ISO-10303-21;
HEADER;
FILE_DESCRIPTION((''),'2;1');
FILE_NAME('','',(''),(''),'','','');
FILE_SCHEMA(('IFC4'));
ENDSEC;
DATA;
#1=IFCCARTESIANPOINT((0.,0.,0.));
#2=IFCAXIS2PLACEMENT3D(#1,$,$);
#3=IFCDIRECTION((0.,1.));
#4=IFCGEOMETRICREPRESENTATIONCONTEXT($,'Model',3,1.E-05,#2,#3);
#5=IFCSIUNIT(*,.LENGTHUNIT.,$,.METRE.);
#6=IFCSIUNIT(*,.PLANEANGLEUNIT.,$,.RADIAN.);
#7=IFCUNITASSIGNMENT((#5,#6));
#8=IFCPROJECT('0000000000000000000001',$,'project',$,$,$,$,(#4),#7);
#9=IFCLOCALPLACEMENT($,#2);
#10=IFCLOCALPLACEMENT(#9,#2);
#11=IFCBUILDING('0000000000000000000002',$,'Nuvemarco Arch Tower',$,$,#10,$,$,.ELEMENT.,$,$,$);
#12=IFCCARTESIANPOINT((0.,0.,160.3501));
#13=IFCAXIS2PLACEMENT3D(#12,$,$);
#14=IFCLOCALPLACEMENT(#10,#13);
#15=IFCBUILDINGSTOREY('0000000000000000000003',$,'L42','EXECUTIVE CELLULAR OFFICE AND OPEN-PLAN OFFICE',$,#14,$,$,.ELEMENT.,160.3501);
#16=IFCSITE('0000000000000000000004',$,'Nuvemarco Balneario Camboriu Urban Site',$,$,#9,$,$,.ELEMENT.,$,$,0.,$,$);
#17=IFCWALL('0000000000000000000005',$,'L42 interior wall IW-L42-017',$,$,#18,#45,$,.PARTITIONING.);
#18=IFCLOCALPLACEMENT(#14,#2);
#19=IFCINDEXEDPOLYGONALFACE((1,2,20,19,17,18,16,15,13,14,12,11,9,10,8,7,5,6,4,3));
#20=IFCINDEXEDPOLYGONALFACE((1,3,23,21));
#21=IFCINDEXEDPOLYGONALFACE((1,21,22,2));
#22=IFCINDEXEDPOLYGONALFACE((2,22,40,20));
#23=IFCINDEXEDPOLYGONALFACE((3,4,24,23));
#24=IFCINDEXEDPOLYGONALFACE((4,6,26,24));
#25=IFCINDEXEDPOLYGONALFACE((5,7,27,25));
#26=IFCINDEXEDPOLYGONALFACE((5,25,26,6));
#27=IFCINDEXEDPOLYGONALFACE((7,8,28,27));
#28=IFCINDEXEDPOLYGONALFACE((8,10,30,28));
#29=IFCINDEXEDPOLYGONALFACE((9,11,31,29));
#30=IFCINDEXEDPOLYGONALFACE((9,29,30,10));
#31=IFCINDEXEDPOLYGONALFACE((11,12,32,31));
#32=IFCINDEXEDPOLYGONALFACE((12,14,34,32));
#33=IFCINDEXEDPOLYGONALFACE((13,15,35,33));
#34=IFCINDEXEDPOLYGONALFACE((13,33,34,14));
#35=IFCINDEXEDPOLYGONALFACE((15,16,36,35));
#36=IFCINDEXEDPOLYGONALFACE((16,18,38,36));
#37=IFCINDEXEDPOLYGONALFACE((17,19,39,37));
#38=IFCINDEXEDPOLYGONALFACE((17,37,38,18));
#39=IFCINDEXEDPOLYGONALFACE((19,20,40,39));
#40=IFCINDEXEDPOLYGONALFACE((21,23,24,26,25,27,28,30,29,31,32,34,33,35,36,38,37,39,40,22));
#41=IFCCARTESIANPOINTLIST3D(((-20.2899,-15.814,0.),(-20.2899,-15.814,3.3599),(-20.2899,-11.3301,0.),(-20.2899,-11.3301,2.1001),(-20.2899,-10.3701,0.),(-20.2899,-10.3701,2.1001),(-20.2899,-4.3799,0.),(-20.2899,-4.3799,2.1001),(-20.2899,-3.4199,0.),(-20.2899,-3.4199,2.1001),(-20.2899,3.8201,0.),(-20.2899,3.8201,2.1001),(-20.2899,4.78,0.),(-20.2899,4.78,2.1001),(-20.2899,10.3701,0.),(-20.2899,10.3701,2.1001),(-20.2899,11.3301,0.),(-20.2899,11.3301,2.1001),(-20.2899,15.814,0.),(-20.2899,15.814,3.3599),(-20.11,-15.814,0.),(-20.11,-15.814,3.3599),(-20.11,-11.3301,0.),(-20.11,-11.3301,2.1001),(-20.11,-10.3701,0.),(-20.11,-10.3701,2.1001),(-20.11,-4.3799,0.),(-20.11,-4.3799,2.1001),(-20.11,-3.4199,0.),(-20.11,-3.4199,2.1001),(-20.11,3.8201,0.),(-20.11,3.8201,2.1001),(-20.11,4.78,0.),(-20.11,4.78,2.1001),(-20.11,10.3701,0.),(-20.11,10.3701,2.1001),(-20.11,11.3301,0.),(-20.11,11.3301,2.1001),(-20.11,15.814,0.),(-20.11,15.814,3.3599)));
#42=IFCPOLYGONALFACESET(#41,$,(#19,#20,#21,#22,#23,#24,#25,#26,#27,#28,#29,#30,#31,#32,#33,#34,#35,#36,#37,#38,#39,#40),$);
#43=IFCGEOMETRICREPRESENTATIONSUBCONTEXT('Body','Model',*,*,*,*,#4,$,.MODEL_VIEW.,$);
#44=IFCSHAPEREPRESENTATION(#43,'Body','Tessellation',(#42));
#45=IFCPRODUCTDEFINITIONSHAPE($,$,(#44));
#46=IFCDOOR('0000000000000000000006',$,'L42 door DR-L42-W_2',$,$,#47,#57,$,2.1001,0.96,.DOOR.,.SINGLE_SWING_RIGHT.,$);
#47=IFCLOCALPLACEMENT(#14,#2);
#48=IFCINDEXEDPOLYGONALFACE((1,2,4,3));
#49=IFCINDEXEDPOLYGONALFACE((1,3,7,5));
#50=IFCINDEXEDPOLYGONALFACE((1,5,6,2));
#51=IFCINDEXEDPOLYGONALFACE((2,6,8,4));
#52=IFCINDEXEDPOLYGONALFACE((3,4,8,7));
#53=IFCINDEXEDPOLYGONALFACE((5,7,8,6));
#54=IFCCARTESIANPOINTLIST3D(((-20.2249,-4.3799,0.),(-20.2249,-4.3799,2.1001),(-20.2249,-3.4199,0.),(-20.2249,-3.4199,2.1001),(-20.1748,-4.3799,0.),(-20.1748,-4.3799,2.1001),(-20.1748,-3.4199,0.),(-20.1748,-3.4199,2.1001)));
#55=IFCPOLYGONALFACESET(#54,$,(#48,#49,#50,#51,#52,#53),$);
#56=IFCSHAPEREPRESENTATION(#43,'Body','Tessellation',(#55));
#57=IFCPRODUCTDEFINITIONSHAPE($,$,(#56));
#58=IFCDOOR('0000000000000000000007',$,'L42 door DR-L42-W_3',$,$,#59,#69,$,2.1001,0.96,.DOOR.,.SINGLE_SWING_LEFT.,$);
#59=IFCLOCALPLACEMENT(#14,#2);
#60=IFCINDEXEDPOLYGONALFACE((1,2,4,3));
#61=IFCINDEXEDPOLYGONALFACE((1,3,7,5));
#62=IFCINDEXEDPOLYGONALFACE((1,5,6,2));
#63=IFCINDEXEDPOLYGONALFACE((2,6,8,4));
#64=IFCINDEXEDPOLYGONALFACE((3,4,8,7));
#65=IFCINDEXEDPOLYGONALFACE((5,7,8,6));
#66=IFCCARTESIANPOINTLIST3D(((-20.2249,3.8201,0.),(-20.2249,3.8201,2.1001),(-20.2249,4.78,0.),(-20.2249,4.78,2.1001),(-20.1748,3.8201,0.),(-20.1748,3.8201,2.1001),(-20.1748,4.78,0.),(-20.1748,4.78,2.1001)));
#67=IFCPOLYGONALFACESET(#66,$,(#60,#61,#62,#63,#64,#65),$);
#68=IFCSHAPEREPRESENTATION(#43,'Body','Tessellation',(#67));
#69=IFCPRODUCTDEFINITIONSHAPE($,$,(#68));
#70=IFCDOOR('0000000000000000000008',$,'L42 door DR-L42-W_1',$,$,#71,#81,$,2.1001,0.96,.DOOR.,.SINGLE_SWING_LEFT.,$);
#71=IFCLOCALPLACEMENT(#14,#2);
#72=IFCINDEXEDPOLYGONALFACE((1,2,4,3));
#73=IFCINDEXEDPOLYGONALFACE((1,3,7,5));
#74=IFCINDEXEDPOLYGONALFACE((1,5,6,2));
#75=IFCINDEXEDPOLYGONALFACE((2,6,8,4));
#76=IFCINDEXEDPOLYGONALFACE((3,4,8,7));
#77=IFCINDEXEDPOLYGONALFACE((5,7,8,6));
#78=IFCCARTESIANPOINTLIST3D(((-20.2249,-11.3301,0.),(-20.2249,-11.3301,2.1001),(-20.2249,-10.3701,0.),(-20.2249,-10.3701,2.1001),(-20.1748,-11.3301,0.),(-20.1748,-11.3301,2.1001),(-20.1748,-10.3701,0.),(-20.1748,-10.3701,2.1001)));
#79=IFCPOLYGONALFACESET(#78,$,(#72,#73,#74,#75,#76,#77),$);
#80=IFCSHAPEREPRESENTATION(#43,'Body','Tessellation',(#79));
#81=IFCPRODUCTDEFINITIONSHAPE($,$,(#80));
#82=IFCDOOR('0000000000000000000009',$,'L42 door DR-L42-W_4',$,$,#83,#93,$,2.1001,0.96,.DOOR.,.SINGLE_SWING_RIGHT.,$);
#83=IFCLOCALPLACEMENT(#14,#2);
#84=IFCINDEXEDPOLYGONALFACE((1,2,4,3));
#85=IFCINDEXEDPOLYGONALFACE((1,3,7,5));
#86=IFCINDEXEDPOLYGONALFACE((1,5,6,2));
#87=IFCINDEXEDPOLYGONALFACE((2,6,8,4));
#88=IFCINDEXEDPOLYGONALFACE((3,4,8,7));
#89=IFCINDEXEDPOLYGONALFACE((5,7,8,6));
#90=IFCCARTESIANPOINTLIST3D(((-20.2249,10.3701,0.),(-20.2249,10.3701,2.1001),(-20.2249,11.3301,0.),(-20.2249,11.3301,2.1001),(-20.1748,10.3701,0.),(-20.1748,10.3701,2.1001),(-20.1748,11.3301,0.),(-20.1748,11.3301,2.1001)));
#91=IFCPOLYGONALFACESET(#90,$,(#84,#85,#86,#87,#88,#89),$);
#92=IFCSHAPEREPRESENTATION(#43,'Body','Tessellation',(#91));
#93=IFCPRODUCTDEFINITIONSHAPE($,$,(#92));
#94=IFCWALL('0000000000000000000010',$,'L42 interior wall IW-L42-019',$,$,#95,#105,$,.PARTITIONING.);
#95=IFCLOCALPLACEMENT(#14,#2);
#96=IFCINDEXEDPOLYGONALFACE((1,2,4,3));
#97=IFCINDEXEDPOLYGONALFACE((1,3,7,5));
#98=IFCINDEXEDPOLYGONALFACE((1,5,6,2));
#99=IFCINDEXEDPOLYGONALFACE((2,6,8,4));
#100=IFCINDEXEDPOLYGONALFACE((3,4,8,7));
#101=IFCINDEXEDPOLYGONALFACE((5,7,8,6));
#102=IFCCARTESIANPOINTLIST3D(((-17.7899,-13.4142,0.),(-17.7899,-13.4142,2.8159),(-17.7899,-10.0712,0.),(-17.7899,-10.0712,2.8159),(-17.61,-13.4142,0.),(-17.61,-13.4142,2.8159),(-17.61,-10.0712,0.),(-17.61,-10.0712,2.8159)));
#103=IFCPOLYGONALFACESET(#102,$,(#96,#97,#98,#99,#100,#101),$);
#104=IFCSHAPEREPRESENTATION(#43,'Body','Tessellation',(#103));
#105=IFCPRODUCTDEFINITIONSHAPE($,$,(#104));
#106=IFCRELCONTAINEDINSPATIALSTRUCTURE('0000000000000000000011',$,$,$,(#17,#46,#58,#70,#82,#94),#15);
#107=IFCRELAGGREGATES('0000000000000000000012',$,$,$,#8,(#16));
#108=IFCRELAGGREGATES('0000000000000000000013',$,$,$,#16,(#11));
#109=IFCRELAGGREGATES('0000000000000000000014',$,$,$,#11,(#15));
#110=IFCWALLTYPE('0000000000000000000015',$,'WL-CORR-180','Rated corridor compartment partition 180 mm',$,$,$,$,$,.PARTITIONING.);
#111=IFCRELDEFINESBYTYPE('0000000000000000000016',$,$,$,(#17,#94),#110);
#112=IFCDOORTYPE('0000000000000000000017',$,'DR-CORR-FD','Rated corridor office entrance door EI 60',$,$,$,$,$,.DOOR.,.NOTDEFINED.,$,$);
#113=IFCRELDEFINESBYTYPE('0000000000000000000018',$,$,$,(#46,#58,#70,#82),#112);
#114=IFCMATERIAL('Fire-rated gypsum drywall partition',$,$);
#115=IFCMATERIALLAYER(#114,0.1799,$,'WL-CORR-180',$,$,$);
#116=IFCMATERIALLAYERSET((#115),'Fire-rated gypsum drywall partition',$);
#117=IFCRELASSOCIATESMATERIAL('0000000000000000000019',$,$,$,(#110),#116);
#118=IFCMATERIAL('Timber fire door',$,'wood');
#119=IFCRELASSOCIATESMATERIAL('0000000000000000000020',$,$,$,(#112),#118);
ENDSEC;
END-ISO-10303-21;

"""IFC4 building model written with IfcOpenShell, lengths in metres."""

from ifc_helpers import new_model, si_unit, direction, frame, frame_2d, origin, place, context, subcontext, project, spatial, rectangle, extrude, source, transform, mapped, material, layer, layer_set, type_object, type_shapes, element, fill, save


model = new_model("IFC4")

# Units and contexts
model_context = context("Model", 3, precision=1e-05, world=origin(), true_north=direction((0.0, 1.0)))
body_context = subcontext(model_context, "Body", "Model", "MODEL_VIEW")
ifc_project = project(units=[si_unit("LENGTHUNIT", "METRE"), si_unit("PLANEANGLEUNIT", "RADIAN")], contexts=[model_context])

# Site, building, storey
site_placement = place(None, origin())
site = spatial("IfcSite", under=ifc_project, at=site_placement, Name="Nuvemarco Balneario Camboriu Urban Site", CompositionType="ELEMENT", RefElevation=0.0)
building_placement = place(site_placement, origin())
building = spatial("IfcBuilding", under=site, at=building_placement, Name="Nuvemarco Arch Tower", CompositionType="ELEMENT")
storey_placement = place(building_placement, frame((0.0, 0.0, 160.3501)))
storey = spatial("IfcBuildingStorey", under=building, at=storey_placement, Name="L42", Description="EXECUTIVE CELLULAR OFFICE AND OPEN-PLAN OFFICE", CompositionType="ELEMENT", Elevation=160.3501)

# Shared definitions
ifc_material_1 = material(Name="Fire-rated gypsum drywall partition")
ifc_layer = layer(ifc_material_1, 0.1799, Name="WL-CORR-180")
ifc_layer_set = layer_set([ifc_layer], Name="Fire-rated gypsum drywall partition")
wall_type = type_object("IfcWallType", Name="WL-CORR-180", Description="Rated corridor compartment partition 180 mm", PredefinedType="PARTITIONING", material=ifc_layer_set)
ifc_material_2 = material(Name="Timber fire door", Category="wood")
door_type = type_object("IfcDoorType", Name="DR-CORR-FD", Description="Rated corridor office entrance door EI 60", OperationType="NOTDEFINED", PredefinedType="DOOR", material=ifc_material_2)
shared_shape = source(origin(), body_context, "Body", "SweptSolid", [
    extrude(rectangle(XDim=0.96, YDim=2.1001, at=frame_2d((0.48, 1.05))), frame((0.0, 0.0249, 0.0), z_axis=(0.0, -1.0, 0.0), x_axis=(1.0, 0.0, 0.0)), (0.0, 0.0, 1.0), 0.05),
])
type_shapes(door_type, [shared_shape])

# Wall, openings, doors
wall_1_placement = place(storey_placement, frame((-20.2, -15.814, 0.0), z_axis=(0.0, 0.0, 1.0), x_axis=(0.0, 1.0, 0.0)))
wall_1 = element("IfcWall", 1, at=wall_1_placement, inside=storey, type_object=wall_type, Name="L42 interior wall IW-L42-017", PredefinedType="PARTITIONING", context=body_context, shape_type="SweptSolid", body=[
    extrude(rectangle(XDim=31.6279, YDim=0.1799, at=frame_2d((15.814, 0.0))), origin(), (0.0, 0.0, 1.0), 3.3599),
])
opening_1_placement = place(wall_1_placement, frame((11.4341, 0.0, 0.0)))
opening_1 = element("IfcOpeningElement", 2, at=opening_1_placement, cuts=wall_1, PredefinedType="OPENING", context=body_context, shape_type="SweptSolid", body=[
    extrude(rectangle(XDim=0.96, YDim=2.1001, at=frame_2d((0.48, 1.05))), frame((0.0, 0.0999, 0.0), z_axis=(0.0, -1.0, 0.0), x_axis=(1.0, 0.0, 0.0)), (0.0, 0.0, 1.0), 0.2),
])
opening_2_placement = place(wall_1_placement, frame((19.634, 0.0, 0.0)))
opening_2 = element("IfcOpeningElement", 3, at=opening_2_placement, cuts=wall_1, PredefinedType="OPENING", context=body_context, shape_type="SweptSolid", body=[
    extrude(rectangle(XDim=0.96, YDim=2.1001, at=frame_2d((0.48, 1.05))), frame((0.0, 0.0999, 0.0), z_axis=(0.0, -1.0, 0.0), x_axis=(1.0, 0.0, 0.0)), (0.0, 0.0, 1.0), 0.2),
])
opening_3_placement = place(wall_1_placement, frame((4.4839, 0.0, 0.0)))
opening_3 = element("IfcOpeningElement", 4, at=opening_3_placement, cuts=wall_1, PredefinedType="OPENING", context=body_context, shape_type="SweptSolid", body=[
    extrude(rectangle(XDim=0.96, YDim=2.1001, at=frame_2d((0.48, 1.05))), frame((0.0, 0.0999, 0.0), z_axis=(0.0, -1.0, 0.0), x_axis=(1.0, 0.0, 0.0)), (0.0, 0.0, 1.0), 0.2),
])
opening_4_placement = place(wall_1_placement, frame((26.1841, 0.0, 0.0)))
opening_4 = element("IfcOpeningElement", 5, at=opening_4_placement, cuts=wall_1, PredefinedType="OPENING", context=body_context, shape_type="SweptSolid", body=[
    extrude(rectangle(XDim=0.96, YDim=2.1001, at=frame_2d((0.48, 1.05))), frame((0.0, 0.0999, 0.0), z_axis=(0.0, -1.0, 0.0), x_axis=(1.0, 0.0, 0.0)), (0.0, 0.0, 1.0), 0.2),
])
door_1_placement = place(opening_1_placement, origin())
door_1 = element("IfcDoor", 6, at=door_1_placement, inside=storey, type_object=door_type, Name="L42 door DR-L42-W_2", OperationType="SINGLE_SWING_RIGHT", OverallHeight=2.1001, OverallWidth=0.96, PredefinedType="DOOR", context=body_context, shape_type="MappedRepresentation", body=[
    mapped(shared_shape, transform((0.0, 0.0, 0.0), scale=1.0)),
])
fill(opening_1, door_1)
door_2_placement = place(opening_2_placement, origin())
door_2 = element("IfcDoor", 7, at=door_2_placement, inside=storey, type_object=door_type, Name="L42 door DR-L42-W_3", OperationType="SINGLE_SWING_LEFT", OverallHeight=2.1001, OverallWidth=0.96, PredefinedType="DOOR", context=body_context, shape_type="MappedRepresentation", body=[
    mapped(shared_shape, transform((0.0, 0.0, 0.0), scale=1.0)),
])
fill(opening_2, door_2)
door_3_placement = place(opening_3_placement, origin())
door_3 = element("IfcDoor", 8, at=door_3_placement, inside=storey, type_object=door_type, Name="L42 door DR-L42-W_1", OperationType="SINGLE_SWING_LEFT", OverallHeight=2.1001, OverallWidth=0.96, PredefinedType="DOOR", context=body_context, shape_type="MappedRepresentation", body=[
    mapped(shared_shape, transform((0.0, 0.0, 0.0), scale=1.0)),
])
fill(opening_3, door_3)
door_4_placement = place(opening_4_placement, origin())
door_4 = element("IfcDoor", 9, at=door_4_placement, inside=storey, type_object=door_type, Name="L42 door DR-L42-W_4", OperationType="SINGLE_SWING_RIGHT", OverallHeight=2.1001, OverallWidth=0.96, PredefinedType="DOOR", context=body_context, shape_type="MappedRepresentation", body=[
    mapped(shared_shape, transform((0.0, 0.0, 0.0), scale=1.0)),
])
fill(opening_4, door_4)

# Wall
wall_2_placement = place(storey_placement, frame((-17.7, -13.4141, 0.0), z_axis=(0.0, 0.0, 1.0), x_axis=(0.0, 1.0, 0.0)))
element("IfcWall", 10, at=wall_2_placement, inside=storey, type_object=wall_type, Name="L42 interior wall IW-L42-019", PredefinedType="PARTITIONING", context=body_context, shape_type="SweptSolid", body=[
    extrude(rectangle(XDim=3.343, YDim=0.1799, at=frame_2d((1.6714, 0.0))), origin(), (0.0, 0.0, 1.0), 2.8159),
])

save(model, "model.ifc")
